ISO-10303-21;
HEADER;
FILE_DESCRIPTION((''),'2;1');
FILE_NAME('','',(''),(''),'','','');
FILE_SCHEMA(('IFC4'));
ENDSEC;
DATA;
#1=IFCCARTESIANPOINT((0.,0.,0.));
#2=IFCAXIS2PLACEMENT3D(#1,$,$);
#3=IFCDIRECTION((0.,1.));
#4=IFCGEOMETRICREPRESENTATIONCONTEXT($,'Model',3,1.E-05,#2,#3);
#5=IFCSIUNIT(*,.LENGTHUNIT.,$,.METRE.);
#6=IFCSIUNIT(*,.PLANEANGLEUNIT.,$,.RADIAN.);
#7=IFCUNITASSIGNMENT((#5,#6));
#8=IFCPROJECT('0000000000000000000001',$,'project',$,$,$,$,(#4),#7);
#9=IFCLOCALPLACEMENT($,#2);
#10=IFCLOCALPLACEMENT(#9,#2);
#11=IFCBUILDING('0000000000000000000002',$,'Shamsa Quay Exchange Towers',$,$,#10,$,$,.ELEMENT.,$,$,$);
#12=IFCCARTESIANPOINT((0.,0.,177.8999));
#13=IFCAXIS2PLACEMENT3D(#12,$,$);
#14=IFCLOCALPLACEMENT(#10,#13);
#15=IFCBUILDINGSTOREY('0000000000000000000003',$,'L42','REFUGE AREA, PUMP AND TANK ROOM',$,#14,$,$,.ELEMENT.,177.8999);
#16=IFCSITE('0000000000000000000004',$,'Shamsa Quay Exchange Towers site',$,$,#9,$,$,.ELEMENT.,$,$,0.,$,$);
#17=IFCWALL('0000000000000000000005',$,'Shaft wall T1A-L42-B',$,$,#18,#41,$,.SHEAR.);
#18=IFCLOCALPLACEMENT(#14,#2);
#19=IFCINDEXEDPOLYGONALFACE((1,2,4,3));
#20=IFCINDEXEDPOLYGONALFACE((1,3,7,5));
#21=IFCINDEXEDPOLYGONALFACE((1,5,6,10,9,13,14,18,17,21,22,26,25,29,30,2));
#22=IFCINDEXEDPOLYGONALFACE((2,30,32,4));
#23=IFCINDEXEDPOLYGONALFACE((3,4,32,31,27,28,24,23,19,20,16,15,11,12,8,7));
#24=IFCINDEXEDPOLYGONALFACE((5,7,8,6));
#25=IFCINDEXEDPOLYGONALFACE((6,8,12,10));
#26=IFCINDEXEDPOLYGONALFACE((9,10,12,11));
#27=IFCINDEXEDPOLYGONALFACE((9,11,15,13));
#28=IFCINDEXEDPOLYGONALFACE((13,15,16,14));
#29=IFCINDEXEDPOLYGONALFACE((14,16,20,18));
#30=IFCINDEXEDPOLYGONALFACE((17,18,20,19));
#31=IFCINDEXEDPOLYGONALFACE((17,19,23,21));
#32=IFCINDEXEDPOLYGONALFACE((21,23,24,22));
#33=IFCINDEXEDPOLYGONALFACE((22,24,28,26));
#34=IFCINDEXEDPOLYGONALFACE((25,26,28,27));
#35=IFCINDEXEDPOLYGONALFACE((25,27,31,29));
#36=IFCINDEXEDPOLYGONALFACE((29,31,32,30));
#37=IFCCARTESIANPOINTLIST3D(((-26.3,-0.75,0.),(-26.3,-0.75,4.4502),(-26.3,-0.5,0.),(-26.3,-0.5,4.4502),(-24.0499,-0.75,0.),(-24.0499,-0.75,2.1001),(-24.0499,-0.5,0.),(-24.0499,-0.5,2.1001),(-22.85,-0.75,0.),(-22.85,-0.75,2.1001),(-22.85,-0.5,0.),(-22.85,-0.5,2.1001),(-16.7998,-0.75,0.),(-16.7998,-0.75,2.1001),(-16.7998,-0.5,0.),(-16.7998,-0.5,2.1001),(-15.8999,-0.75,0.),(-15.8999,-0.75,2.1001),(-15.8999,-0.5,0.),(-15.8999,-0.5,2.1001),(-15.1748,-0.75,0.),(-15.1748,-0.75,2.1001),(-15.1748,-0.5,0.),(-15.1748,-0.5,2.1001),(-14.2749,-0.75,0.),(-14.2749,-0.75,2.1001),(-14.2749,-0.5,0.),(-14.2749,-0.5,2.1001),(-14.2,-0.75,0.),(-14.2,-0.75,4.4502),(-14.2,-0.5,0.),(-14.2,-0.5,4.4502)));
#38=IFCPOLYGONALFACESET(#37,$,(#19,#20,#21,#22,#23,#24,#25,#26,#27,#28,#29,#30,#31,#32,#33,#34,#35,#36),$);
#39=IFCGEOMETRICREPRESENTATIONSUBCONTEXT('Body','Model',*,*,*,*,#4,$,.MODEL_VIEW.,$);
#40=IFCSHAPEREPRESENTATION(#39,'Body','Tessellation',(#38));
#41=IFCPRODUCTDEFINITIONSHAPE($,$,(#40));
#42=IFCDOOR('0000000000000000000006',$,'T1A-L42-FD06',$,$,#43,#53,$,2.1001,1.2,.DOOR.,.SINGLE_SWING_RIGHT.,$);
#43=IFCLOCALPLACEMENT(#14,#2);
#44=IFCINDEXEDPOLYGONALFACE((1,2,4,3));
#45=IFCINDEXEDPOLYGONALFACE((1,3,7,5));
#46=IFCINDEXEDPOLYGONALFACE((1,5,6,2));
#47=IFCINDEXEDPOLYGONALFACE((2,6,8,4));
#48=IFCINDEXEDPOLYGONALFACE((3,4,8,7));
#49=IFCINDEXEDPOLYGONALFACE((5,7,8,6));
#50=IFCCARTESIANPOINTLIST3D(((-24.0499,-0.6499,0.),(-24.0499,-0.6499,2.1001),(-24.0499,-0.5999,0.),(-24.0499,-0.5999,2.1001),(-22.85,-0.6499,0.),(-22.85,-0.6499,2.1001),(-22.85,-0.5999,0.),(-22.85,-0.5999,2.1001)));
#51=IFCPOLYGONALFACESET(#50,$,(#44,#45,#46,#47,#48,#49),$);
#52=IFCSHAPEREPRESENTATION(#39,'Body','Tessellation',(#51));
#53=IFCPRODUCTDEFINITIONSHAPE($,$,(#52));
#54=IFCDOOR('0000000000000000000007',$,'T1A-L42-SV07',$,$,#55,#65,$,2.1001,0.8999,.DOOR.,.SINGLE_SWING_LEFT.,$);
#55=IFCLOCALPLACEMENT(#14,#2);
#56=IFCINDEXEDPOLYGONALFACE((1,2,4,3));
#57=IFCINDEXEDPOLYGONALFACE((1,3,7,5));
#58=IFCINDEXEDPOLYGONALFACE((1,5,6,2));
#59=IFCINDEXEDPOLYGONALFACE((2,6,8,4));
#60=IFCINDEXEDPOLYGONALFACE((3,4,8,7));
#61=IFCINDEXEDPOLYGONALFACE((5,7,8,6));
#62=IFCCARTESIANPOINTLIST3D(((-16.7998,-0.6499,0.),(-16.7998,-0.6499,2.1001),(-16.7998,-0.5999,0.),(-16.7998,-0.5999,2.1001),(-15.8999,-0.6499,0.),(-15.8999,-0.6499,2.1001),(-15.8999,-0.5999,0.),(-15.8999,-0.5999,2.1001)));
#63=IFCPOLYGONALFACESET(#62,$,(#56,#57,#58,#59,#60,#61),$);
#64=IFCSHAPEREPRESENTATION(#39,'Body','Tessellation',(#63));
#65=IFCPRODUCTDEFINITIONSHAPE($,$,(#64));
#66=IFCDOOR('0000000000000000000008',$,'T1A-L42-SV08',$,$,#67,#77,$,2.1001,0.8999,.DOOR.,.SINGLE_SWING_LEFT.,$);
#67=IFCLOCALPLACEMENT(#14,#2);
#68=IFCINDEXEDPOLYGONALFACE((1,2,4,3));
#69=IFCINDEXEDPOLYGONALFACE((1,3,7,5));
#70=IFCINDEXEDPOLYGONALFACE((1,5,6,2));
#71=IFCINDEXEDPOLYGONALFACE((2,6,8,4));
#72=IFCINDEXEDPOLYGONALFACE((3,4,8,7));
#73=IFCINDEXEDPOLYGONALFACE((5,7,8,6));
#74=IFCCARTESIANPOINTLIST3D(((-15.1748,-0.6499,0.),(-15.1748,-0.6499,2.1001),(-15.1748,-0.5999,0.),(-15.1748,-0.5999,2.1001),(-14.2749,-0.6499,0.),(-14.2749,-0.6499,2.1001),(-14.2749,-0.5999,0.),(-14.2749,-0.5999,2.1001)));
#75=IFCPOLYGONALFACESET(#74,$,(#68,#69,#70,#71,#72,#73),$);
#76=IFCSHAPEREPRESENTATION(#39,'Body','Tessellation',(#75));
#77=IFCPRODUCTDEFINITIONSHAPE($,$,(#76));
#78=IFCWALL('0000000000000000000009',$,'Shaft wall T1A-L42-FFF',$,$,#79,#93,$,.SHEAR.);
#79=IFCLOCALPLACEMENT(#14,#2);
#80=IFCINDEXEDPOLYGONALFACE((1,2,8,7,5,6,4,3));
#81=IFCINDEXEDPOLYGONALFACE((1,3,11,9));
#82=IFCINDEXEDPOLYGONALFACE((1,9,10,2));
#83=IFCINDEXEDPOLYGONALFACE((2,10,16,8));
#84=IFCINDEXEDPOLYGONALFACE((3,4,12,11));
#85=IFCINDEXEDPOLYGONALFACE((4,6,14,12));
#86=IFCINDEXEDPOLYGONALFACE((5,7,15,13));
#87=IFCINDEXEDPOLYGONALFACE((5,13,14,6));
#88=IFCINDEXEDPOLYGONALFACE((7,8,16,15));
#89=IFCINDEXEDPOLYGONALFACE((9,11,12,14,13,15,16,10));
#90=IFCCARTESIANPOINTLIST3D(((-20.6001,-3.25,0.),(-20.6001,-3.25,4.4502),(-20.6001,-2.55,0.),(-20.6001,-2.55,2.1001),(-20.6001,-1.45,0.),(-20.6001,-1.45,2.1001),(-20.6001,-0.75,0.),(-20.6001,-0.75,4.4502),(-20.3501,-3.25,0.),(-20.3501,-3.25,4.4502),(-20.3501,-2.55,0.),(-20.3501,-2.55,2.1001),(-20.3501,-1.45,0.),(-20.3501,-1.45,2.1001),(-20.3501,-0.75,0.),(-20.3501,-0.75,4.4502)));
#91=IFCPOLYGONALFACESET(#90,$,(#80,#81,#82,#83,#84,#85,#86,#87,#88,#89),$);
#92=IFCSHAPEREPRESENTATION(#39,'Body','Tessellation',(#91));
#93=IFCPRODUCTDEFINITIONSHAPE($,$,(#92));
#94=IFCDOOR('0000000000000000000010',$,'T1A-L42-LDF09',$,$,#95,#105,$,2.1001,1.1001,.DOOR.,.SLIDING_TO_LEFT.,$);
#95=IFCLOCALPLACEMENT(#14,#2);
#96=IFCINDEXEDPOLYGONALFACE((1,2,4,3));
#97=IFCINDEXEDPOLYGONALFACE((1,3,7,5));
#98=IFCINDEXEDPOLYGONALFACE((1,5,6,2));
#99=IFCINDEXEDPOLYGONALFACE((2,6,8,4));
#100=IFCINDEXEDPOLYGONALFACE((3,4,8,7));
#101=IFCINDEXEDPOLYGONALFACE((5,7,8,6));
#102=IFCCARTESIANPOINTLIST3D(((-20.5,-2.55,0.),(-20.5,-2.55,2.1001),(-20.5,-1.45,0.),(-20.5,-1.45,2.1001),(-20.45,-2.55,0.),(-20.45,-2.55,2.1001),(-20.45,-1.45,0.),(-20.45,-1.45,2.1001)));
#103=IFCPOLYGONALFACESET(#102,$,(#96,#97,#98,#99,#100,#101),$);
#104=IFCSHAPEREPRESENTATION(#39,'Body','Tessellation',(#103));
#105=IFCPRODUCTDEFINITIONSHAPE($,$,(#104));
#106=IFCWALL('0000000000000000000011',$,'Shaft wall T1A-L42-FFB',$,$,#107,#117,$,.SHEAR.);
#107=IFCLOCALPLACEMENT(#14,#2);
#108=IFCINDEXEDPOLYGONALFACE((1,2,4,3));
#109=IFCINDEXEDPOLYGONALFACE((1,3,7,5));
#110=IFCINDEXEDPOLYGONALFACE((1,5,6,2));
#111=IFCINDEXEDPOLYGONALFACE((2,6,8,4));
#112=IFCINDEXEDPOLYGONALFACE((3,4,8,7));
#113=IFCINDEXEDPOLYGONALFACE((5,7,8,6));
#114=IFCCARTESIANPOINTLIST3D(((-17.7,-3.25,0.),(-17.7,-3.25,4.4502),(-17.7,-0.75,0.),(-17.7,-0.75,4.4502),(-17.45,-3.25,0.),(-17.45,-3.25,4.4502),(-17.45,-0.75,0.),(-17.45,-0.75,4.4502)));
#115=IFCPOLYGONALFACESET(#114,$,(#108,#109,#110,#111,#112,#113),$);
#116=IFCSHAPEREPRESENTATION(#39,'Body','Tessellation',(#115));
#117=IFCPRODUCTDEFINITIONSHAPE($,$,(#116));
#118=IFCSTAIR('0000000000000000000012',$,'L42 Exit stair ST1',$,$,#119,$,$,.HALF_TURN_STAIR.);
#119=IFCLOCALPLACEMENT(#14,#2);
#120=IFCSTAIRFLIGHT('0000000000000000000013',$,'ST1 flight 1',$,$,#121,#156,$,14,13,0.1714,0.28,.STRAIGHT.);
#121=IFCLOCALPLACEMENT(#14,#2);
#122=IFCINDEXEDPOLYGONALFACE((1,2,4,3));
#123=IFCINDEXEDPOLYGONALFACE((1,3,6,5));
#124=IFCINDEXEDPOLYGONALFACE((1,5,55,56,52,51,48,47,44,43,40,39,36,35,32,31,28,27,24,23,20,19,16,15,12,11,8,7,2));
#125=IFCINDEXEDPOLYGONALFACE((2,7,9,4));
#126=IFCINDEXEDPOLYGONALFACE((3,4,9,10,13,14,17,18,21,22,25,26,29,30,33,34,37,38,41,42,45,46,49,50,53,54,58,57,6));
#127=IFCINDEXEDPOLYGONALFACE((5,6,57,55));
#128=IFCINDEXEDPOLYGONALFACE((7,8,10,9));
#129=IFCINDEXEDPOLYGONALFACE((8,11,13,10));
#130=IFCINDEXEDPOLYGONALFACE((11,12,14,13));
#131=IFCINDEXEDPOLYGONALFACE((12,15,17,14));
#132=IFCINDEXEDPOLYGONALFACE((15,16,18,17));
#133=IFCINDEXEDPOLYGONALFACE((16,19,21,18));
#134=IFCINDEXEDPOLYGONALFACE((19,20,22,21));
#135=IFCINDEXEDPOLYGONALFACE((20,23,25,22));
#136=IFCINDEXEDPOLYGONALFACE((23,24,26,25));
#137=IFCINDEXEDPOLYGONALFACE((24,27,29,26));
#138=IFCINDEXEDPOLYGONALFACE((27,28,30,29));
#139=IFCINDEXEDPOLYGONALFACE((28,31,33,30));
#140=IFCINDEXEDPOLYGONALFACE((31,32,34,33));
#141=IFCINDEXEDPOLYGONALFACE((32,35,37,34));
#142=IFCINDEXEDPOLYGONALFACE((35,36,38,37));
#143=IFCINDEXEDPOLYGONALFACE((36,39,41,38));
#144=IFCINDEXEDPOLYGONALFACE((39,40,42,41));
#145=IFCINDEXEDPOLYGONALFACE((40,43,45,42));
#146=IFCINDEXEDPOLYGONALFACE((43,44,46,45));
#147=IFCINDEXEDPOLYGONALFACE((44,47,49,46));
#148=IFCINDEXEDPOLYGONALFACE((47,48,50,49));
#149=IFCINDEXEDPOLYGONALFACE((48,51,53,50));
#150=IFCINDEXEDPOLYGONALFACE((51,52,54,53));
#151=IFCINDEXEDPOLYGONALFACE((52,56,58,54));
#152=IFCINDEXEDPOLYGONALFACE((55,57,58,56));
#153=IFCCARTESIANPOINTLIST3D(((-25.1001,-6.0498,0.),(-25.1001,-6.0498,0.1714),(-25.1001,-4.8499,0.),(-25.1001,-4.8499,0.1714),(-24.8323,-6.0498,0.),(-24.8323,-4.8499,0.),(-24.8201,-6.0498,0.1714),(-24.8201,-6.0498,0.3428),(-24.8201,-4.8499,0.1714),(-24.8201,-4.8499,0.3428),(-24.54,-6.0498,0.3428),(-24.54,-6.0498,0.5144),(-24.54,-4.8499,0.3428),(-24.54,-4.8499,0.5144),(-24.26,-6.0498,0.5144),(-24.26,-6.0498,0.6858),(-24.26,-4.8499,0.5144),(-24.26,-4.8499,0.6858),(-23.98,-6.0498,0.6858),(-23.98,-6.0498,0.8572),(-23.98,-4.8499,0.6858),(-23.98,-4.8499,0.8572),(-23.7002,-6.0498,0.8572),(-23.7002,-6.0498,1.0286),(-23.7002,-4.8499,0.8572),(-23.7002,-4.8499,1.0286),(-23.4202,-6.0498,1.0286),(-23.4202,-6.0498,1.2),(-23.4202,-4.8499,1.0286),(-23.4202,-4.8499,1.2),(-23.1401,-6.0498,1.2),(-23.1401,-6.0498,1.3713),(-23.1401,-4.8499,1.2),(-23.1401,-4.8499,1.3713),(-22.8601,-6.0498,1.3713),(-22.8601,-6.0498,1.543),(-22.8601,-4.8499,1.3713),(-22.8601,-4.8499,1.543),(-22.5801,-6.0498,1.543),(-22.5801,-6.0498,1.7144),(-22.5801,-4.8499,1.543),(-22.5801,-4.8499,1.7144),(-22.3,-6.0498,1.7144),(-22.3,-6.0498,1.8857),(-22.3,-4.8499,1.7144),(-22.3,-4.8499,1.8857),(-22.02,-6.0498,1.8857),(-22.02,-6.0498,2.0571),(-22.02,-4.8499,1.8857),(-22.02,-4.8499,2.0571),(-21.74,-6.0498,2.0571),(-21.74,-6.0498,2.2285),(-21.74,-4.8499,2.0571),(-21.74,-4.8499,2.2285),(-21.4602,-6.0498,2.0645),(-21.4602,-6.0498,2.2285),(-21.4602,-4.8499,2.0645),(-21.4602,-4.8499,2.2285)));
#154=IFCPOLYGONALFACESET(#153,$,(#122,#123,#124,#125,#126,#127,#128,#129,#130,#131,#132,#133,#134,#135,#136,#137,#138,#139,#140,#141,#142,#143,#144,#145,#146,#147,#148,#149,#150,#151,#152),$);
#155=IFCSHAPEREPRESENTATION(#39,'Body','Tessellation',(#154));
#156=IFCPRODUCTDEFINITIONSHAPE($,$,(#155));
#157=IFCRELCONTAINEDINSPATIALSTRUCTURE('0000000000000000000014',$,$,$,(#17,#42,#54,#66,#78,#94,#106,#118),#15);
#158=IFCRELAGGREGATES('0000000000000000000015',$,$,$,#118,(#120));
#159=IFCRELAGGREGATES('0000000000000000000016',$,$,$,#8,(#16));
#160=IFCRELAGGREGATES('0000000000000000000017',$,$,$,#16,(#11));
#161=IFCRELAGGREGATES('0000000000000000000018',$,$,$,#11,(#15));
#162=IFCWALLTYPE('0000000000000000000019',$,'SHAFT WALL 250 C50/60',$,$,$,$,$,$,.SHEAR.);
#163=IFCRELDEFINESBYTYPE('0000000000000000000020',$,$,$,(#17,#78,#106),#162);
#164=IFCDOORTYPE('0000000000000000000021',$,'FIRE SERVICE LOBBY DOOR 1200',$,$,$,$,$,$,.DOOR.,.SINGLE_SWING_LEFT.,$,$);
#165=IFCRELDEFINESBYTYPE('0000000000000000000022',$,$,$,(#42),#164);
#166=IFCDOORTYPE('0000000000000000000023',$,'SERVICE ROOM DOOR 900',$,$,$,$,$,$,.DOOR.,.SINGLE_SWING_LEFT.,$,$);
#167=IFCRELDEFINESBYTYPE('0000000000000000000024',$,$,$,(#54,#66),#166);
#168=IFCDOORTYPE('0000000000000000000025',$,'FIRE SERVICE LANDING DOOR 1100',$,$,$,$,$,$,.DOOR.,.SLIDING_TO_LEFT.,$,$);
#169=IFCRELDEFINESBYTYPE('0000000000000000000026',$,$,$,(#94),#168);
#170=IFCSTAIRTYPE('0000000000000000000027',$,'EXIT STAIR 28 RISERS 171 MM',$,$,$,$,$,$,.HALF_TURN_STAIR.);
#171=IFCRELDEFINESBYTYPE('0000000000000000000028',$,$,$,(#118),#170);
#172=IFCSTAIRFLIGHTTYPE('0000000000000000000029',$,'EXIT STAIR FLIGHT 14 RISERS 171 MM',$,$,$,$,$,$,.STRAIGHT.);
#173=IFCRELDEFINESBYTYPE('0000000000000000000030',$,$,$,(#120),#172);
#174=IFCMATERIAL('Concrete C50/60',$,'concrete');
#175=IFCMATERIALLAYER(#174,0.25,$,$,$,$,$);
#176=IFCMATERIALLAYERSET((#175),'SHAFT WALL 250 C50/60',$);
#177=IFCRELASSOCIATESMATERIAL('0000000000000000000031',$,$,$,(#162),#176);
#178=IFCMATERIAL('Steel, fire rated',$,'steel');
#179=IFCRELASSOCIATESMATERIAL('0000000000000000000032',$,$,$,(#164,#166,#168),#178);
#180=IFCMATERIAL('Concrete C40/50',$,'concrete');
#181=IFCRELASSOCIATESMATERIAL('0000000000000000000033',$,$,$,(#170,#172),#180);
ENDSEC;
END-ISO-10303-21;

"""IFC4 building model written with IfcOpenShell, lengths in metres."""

from ifc_helpers import new_model, si_unit, direction, frame, frame_2d, origin, place, context, subcontext, project, spatial, polyline, rectangle, outline, extrude, material, layer, layer_set, type_object, element, fill, aggregate, save


model = new_model("IFC4")

# Units and contexts
model_context = context("Model", 3, precision=1e-05, world=origin(), true_north=direction((0.0, 1.0)))
body_context = subcontext(model_context, "Body", "Model", "MODEL_VIEW")
ifc_project = project(units=[si_unit("LENGTHUNIT", "METRE"), si_unit("PLANEANGLEUNIT", "RADIAN")], contexts=[model_context])

# Site, building, storey
site_placement = place(None, origin())
site = spatial("IfcSite", under=ifc_project, at=site_placement, Name="Shamsa Quay Exchange Towers site", CompositionType="ELEMENT", RefElevation=0.0)
building_placement = place(site_placement, origin())
building = spatial("IfcBuilding", under=site, at=building_placement, Name="Shamsa Quay Exchange Towers", CompositionType="ELEMENT")
storey_placement = place(building_placement, frame((0.0, 0.0, 177.8999)))
storey = spatial("IfcBuildingStorey", under=building, at=storey_placement, Name="L42", Description="REFUGE AREA, PUMP AND TANK ROOM", CompositionType="ELEMENT", Elevation=177.8999)

# Shared definitions
ifc_material_1 = material(Name="Concrete C50/60", Category="concrete")
ifc_layer_1 = layer(ifc_material_1, 0.25)
ifc_layer_set_1 = layer_set([ifc_layer_1], Name="SHAFT WALL 250 C50/60")
wall_type_1 = type_object("IfcWallType", Name="SHAFT WALL 250 C50/60", PredefinedType="SHEAR", material=ifc_layer_set_1)
ifc_material_2 = material(Name="Steel, fire rated", Category="steel")

# Wall, openings, doors
wall_1_placement = place(storey_placement, frame((-14.2, -0.625, 0.0), z_axis=(0.0, 0.0, 1.0), x_axis=(-1.0, 0.0, 0.0)))
wall_1 = element("IfcWall", 1, at=wall_1_placement, inside=storey, type_object=wall_type_1, Name="Shaft wall T1A-L42-B", PredefinedType="SHEAR", context=body_context, shape_type="SweptSolid", body=[
    extrude(rectangle(XDim=12.1001, YDim=0.25, at=frame_2d((6.05, 0.0))), origin(), (0.0, 0.0, 1.0), 4.4502),
])
opening_1_placement = place(wall_1_placement, frame((8.6499, 0.0, 0.0)))
opening_1 = element("IfcOpeningElement", 2, at=opening_1_placement, cuts=wall_1, PredefinedType="OPENING", context=body_context, shape_type="SweptSolid", body=[
    extrude(rectangle(XDim=1.2, YDim=2.1001, at=frame_2d((0.6001, 1.05))), frame((0.0, 0.135, 0.0), z_axis=(0.0, -1.0, 0.0), x_axis=(1.0, 0.0, 0.0)), (0.0, 0.0, 1.0), 0.27),
])
opening_2_placement = place(wall_1_placement, frame((1.7, 0.0, 0.0)))
opening_2 = element("IfcOpeningElement", 3, at=opening_2_placement, cuts=wall_1, PredefinedType="OPENING", context=body_context, shape_type="SweptSolid", body=[
    extrude(rectangle(XDim=0.8999, YDim=2.1001, at=frame_2d((0.45, 1.05))), frame((0.0, 0.135, 0.0), z_axis=(0.0, -1.0, 0.0), x_axis=(1.0, 0.0, 0.0)), (0.0, 0.0, 1.0), 0.27),
])
opening_3_placement = place(wall_1_placement, frame((0.075, 0.0, 0.0)))
opening_3 = element("IfcOpeningElement", 4, at=opening_3_placement, cuts=wall_1, PredefinedType="OPENING", context=body_context, shape_type="SweptSolid", body=[
    extrude(rectangle(XDim=0.8999, YDim=2.1001, at=frame_2d((0.45, 1.05))), frame((0.0, 0.135, 0.0), z_axis=(0.0, -1.0, 0.0), x_axis=(1.0, 0.0, 0.0)), (0.0, 0.0, 1.0), 0.27),
])
door_type_1 = type_object("IfcDoorType", Name="FIRE SERVICE LOBBY DOOR 1200", OperationType="SINGLE_SWING_LEFT", PredefinedType="DOOR", material=ifc_material_2)
door_1_placement = place(opening_1_placement, origin())
door_1 = element("IfcDoor", 5, at=door_1_placement, inside=storey, type_object=door_type_1, Name="T1A-L42-FD06", OperationType="SINGLE_SWING_RIGHT", OverallHeight=2.1001, OverallWidth=1.2, PredefinedType="DOOR", context=body_context, shape_type="SweptSolid", body=[
    extrude(rectangle(XDim=1.2, YDim=2.1001, at=frame_2d((0.6001, 1.05))), frame((0.0, 0.0249, 0.0), z_axis=(0.0, -1.0, 0.0), x_axis=(1.0, 0.0, 0.0)), (0.0, 0.0, 1.0), 0.05),
])
fill(opening_1, door_1)
door_type_2 = type_object("IfcDoorType", Name="SERVICE ROOM DOOR 900", OperationType="SINGLE_SWING_LEFT", PredefinedType="DOOR", material=ifc_material_2)
door_2_placement = place(opening_2_placement, origin())
door_2 = element("IfcDoor", 6, at=door_2_placement, inside=storey, type_object=door_type_2, Name="T1A-L42-SV07", OperationType="SINGLE_SWING_LEFT", OverallHeight=2.1001, OverallWidth=0.8999, PredefinedType="DOOR", context=body_context, shape_type="SweptSolid", body=[
    extrude(rectangle(XDim=0.8999, YDim=2.1001, at=frame_2d((0.45, 1.05))), frame((0.0, 0.0249, 0.0), z_axis=(0.0, -1.0, 0.0), x_axis=(1.0, 0.0, 0.0)), (0.0, 0.0, 1.0), 0.05),
])
fill(opening_2, door_2)
door_3_placement = place(opening_3_placement, origin())
door_3 = element("IfcDoor", 7, at=door_3_placement, inside=storey, type_object=door_type_2, Name="T1A-L42-SV08", OperationType="SINGLE_SWING_LEFT", OverallHeight=2.1001, OverallWidth=0.8999, PredefinedType="DOOR", context=body_context, shape_type="SweptSolid", body=[
    extrude(rectangle(XDim=0.8999, YDim=2.1001, at=frame_2d((0.45, 1.05))), frame((0.0, 0.0249, 0.0), z_axis=(0.0, -1.0, 0.0), x_axis=(1.0, 0.0, 0.0)), (0.0, 0.0, 1.0), 0.05),
])
fill(opening_3, door_3)

# Wall, opening, door
wall_2_placement = place(storey_placement, frame((-20.4751, -3.25, 0.0), z_axis=(0.0, 0.0, 1.0), x_axis=(0.0, 1.0, 0.0)))
wall_2 = element("IfcWall", 8, at=wall_2_placement, inside=storey, type_object=wall_type_1, Name="Shaft wall T1A-L42-FFF", PredefinedType="SHEAR", context=body_context, shape_type="SweptSolid", body=[
    extrude(rectangle(XDim=2.5, YDim=0.25, at=frame_2d((1.25, 0.0))), origin(), (0.0, 0.0, 1.0), 4.4502),
])
opening_4_placement = place(wall_2_placement, frame((0.7, 0.0, 0.0)))
opening_4 = element("IfcOpeningElement", 9, at=opening_4_placement, cuts=wall_2, PredefinedType="OPENING", context=body_context, shape_type="SweptSolid", body=[
    extrude(rectangle(XDim=1.1001, YDim=2.1001, at=frame_2d((0.55, 1.05))), frame((0.0, 0.135, 0.0), z_axis=(0.0, -1.0, 0.0), x_axis=(1.0, 0.0, 0.0)), (0.0, 0.0, 1.0), 0.27),
])
door_type_3 = type_object("IfcDoorType", Name="FIRE SERVICE LANDING DOOR 1100", OperationType="SLIDING_TO_LEFT", PredefinedType="DOOR", material=ifc_material_2)
door_4_placement = place(opening_4_placement, origin())
door_4 = element("IfcDoor", 10, at=door_4_placement, inside=storey, type_object=door_type_3, Name="T1A-L42-LDF09", OperationType="SLIDING_TO_LEFT", OverallHeight=2.1001, OverallWidth=1.1001, PredefinedType="DOOR", context=body_context, shape_type="SweptSolid", body=[
    extrude(rectangle(XDim=1.1001, YDim=2.1001, at=frame_2d((0.55, 1.05))), frame((0.0, 0.0249, 0.0), z_axis=(0.0, -1.0, 0.0), x_axis=(1.0, 0.0, 0.0)), (0.0, 0.0, 1.0), 0.05),
])
fill(opening_4, door_4)

# Wall
wall_3_placement = place(storey_placement, frame((-17.575, -3.25, 0.0), z_axis=(0.0, 0.0, 1.0), x_axis=(0.0, 1.0, 0.0)))
element("IfcWall", 11, at=wall_3_placement, inside=storey, type_object=wall_type_1, Name="Shaft wall T1A-L42-FFB", PredefinedType="SHEAR", context=body_context, shape_type="SweptSolid", body=[
    extrude(rectangle(XDim=2.5, YDim=0.25, at=frame_2d((1.25, 0.0))), origin(), (0.0, 0.0, 1.0), 4.4502),
])

# Stair, stair flight
ifc_material_3 = material(Name="Concrete C40/50", Category="concrete")
stair_type = type_object("IfcStairType", Name="EXIT STAIR 28 RISERS 171 MM", PredefinedType="HALF_TURN_STAIR", material=ifc_material_3)
stair_placement = place(storey_placement, origin())
stair = element("IfcStair", 12, at=stair_placement, inside=storey, type_object=stair_type, Name="L42 Exit stair ST1", PredefinedType="HALF_TURN_STAIR")
stair_flight_type = type_object("IfcStairFlightType", Name="EXIT STAIR FLIGHT 14 RISERS 171 MM", PredefinedType="STRAIGHT", material=ifc_material_3)
stair_flight_1_placement = place(storey_placement, frame((-25.1001, -5.45, 0.0)))
stair_flight_1 = element("IfcStairFlight", 13, at=stair_flight_1_placement, type_object=stair_flight_type, Name="ST1 flight 1", NumberOfRisers=14, NumberOfTreads=13, PredefinedType="STRAIGHT", RiserHeight=0.1714, TreadLength=0.28, context=body_context, shape_type="SweptSolid", body=[
    extrude(outline(polyline([(0.0, 0.0), (0.0, 0.1714), (0.28, 0.1714), (0.28, 0.3428), (0.5601, 0.3428), (0.5601, 0.5144), (0.8401, 0.5144), (0.8401, 0.6858), (1.1201, 0.6858), (1.1201, 0.8572), (1.3999, 0.8572), (1.3999, 1.0286), (1.6799, 1.0286), (1.6799, 1.2), (1.96, 1.2), (1.96, 1.3713), (2.24, 1.3713), (2.24, 1.543), (2.52, 1.543), (2.52, 1.7144), (2.8, 1.7144), (2.8, 1.8857), (3.0801, 1.8857), (3.0801, 2.0571), (3.3601, 2.0571), (3.3601, 2.2285), (3.6399, 2.2285), (3.6399, 2.3999), (3.6399, 2.0645), (0.2678, 0.0), (0.0, 0.0)])), frame((0.0, 0.6001, 0.0), z_axis=(0.0, -1.0, 0.0), x_axis=(1.0, 0.0, 0.0)), (0.0, 0.0, 1.0), 1.2),
])
aggregate(stair, [stair_flight_1])

save(model, "model.ifc")
